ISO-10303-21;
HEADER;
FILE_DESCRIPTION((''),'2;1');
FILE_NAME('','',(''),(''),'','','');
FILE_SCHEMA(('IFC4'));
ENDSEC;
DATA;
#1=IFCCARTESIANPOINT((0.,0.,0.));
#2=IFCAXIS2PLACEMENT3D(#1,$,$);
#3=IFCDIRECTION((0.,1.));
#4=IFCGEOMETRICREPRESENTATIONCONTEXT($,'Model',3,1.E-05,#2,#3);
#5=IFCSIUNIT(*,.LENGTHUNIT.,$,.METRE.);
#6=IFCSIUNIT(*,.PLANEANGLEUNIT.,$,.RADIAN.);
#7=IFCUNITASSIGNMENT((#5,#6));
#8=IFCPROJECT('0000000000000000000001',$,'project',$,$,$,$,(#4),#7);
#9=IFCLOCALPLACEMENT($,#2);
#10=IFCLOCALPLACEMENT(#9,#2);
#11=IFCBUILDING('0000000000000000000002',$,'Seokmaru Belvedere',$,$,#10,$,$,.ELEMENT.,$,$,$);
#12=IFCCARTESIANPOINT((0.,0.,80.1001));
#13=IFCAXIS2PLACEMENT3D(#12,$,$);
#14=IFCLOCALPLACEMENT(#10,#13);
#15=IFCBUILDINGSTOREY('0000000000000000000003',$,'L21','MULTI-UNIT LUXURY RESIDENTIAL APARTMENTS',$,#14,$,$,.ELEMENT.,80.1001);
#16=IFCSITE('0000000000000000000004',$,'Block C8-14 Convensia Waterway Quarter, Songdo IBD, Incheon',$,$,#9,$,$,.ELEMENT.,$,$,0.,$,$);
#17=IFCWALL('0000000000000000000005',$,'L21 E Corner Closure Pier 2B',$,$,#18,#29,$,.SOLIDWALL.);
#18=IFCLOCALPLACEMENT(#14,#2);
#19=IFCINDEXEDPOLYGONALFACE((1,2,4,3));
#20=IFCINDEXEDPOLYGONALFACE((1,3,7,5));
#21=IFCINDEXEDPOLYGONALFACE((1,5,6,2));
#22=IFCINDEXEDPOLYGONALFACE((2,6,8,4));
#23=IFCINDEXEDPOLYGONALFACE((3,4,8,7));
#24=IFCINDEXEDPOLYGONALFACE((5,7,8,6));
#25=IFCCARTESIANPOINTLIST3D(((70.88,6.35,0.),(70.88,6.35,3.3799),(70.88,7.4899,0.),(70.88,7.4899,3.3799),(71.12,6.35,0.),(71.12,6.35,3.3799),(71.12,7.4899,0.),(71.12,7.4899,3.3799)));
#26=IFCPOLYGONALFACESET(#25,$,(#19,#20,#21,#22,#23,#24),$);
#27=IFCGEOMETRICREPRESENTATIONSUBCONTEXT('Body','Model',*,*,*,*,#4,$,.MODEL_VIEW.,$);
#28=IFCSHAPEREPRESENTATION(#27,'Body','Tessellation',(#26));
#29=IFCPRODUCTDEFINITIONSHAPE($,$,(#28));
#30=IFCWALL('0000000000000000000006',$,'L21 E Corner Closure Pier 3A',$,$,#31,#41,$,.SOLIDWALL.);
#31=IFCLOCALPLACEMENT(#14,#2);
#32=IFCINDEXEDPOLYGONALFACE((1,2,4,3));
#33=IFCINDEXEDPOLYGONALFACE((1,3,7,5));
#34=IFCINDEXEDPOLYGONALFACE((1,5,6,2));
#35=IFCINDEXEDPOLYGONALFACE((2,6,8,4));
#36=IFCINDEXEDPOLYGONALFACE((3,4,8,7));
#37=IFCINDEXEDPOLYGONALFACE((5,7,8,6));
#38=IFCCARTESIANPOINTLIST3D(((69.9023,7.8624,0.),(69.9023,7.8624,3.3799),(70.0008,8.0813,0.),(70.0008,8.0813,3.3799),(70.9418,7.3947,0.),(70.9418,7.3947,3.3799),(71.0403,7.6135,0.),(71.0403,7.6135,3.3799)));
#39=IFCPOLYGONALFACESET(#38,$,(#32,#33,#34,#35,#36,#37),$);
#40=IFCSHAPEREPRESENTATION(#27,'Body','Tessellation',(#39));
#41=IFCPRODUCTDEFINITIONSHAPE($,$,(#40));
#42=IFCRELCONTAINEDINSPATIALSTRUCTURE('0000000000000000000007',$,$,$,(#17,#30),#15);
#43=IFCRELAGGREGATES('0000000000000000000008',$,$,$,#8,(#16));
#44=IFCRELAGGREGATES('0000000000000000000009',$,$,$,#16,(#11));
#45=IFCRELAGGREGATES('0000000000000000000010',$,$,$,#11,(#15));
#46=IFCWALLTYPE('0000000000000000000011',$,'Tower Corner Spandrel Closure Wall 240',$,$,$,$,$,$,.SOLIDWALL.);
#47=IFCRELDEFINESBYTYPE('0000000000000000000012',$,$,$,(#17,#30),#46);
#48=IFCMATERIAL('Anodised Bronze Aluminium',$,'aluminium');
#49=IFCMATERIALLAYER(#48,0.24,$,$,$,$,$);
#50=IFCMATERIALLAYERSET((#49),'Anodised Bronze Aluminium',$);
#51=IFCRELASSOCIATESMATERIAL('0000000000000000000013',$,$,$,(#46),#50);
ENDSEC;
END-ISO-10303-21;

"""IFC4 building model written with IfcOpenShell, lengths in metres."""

from ifc_helpers import new_model, si_unit, direction, frame, frame_2d, origin, place, context, subcontext, project, spatial, rectangle, extrude, material, layer, layer_set, type_object, element, save


model = new_model("IFC4")

# Units and contexts
model_context = context("Model", 3, precision=1e-05, world=origin(), true_north=direction((0.0, 1.0)))
body_context = subcontext(model_context, "Body", "Model", "MODEL_VIEW")
ifc_project = project(units=[si_unit("LENGTHUNIT", "METRE"), si_unit("PLANEANGLEUNIT", "RADIAN")], contexts=[model_context])

# Site, building, storey
site_placement = place(None, origin())
site = spatial("IfcSite", under=ifc_project, at=site_placement, Name="Block C8-14 Convensia Waterway Quarter, Songdo IBD, Incheon", CompositionType="ELEMENT", RefElevation=0.0)
building_placement = place(site_placement, origin())
building = spatial("IfcBuilding", under=site, at=building_placement, Name="Seokmaru Belvedere", CompositionType="ELEMENT")
storey_placement = place(building_placement, frame((0.0, 0.0, 80.1001)))
storey = spatial("IfcBuildingStorey", under=building, at=storey_placement, Name="L21", Description="MULTI-UNIT LUXURY RESIDENTIAL APARTMENTS", CompositionType="ELEMENT", Elevation=80.1001)

# Shared definitions
ifc_material_1 = material(Name="Anodised Bronze Aluminium", Category="aluminium")

# Walls
ifc_layer_1 = layer(ifc_material_1, 0.24)
ifc_layer_set_1 = layer_set([ifc_layer_1], Name="Anodised Bronze Aluminium")
wall_type_1 = type_object("IfcWallType", Name="Tower Corner Spandrel Closure Wall 240", PredefinedType="SOLIDWALL", material=ifc_layer_set_1)
for number, where, z_axis, x_axis, name in (
    (1, (71.0, 6.3501, 0.0), (0.0, 0.0, 1.0), (0.0, 1.0, 0.0), "L21 E Corner Closure Pier 2B"),
    (2, (70.991, 7.5042, 0.0), (0.0, 0.0, 1.0), (-0.91193, 0.410347, 0.0), "L21 E Corner Closure Pier 3A"),
):
    element("IfcWall", number, at=place(storey_placement, frame(where, z_axis=z_axis, x_axis=x_axis)), inside=storey, type_object=wall_type_1, Name=name, PredefinedType="SOLIDWALL", context=body_context, shape_type="SweptSolid", body=[
        extrude(rectangle(XDim=1.1399, YDim=0.24, at=frame_2d((0.5698, 0.0))), origin(), (0.0, 0.0, 1.0), 3.3799),
    ])

save(model, "model.ifc")
